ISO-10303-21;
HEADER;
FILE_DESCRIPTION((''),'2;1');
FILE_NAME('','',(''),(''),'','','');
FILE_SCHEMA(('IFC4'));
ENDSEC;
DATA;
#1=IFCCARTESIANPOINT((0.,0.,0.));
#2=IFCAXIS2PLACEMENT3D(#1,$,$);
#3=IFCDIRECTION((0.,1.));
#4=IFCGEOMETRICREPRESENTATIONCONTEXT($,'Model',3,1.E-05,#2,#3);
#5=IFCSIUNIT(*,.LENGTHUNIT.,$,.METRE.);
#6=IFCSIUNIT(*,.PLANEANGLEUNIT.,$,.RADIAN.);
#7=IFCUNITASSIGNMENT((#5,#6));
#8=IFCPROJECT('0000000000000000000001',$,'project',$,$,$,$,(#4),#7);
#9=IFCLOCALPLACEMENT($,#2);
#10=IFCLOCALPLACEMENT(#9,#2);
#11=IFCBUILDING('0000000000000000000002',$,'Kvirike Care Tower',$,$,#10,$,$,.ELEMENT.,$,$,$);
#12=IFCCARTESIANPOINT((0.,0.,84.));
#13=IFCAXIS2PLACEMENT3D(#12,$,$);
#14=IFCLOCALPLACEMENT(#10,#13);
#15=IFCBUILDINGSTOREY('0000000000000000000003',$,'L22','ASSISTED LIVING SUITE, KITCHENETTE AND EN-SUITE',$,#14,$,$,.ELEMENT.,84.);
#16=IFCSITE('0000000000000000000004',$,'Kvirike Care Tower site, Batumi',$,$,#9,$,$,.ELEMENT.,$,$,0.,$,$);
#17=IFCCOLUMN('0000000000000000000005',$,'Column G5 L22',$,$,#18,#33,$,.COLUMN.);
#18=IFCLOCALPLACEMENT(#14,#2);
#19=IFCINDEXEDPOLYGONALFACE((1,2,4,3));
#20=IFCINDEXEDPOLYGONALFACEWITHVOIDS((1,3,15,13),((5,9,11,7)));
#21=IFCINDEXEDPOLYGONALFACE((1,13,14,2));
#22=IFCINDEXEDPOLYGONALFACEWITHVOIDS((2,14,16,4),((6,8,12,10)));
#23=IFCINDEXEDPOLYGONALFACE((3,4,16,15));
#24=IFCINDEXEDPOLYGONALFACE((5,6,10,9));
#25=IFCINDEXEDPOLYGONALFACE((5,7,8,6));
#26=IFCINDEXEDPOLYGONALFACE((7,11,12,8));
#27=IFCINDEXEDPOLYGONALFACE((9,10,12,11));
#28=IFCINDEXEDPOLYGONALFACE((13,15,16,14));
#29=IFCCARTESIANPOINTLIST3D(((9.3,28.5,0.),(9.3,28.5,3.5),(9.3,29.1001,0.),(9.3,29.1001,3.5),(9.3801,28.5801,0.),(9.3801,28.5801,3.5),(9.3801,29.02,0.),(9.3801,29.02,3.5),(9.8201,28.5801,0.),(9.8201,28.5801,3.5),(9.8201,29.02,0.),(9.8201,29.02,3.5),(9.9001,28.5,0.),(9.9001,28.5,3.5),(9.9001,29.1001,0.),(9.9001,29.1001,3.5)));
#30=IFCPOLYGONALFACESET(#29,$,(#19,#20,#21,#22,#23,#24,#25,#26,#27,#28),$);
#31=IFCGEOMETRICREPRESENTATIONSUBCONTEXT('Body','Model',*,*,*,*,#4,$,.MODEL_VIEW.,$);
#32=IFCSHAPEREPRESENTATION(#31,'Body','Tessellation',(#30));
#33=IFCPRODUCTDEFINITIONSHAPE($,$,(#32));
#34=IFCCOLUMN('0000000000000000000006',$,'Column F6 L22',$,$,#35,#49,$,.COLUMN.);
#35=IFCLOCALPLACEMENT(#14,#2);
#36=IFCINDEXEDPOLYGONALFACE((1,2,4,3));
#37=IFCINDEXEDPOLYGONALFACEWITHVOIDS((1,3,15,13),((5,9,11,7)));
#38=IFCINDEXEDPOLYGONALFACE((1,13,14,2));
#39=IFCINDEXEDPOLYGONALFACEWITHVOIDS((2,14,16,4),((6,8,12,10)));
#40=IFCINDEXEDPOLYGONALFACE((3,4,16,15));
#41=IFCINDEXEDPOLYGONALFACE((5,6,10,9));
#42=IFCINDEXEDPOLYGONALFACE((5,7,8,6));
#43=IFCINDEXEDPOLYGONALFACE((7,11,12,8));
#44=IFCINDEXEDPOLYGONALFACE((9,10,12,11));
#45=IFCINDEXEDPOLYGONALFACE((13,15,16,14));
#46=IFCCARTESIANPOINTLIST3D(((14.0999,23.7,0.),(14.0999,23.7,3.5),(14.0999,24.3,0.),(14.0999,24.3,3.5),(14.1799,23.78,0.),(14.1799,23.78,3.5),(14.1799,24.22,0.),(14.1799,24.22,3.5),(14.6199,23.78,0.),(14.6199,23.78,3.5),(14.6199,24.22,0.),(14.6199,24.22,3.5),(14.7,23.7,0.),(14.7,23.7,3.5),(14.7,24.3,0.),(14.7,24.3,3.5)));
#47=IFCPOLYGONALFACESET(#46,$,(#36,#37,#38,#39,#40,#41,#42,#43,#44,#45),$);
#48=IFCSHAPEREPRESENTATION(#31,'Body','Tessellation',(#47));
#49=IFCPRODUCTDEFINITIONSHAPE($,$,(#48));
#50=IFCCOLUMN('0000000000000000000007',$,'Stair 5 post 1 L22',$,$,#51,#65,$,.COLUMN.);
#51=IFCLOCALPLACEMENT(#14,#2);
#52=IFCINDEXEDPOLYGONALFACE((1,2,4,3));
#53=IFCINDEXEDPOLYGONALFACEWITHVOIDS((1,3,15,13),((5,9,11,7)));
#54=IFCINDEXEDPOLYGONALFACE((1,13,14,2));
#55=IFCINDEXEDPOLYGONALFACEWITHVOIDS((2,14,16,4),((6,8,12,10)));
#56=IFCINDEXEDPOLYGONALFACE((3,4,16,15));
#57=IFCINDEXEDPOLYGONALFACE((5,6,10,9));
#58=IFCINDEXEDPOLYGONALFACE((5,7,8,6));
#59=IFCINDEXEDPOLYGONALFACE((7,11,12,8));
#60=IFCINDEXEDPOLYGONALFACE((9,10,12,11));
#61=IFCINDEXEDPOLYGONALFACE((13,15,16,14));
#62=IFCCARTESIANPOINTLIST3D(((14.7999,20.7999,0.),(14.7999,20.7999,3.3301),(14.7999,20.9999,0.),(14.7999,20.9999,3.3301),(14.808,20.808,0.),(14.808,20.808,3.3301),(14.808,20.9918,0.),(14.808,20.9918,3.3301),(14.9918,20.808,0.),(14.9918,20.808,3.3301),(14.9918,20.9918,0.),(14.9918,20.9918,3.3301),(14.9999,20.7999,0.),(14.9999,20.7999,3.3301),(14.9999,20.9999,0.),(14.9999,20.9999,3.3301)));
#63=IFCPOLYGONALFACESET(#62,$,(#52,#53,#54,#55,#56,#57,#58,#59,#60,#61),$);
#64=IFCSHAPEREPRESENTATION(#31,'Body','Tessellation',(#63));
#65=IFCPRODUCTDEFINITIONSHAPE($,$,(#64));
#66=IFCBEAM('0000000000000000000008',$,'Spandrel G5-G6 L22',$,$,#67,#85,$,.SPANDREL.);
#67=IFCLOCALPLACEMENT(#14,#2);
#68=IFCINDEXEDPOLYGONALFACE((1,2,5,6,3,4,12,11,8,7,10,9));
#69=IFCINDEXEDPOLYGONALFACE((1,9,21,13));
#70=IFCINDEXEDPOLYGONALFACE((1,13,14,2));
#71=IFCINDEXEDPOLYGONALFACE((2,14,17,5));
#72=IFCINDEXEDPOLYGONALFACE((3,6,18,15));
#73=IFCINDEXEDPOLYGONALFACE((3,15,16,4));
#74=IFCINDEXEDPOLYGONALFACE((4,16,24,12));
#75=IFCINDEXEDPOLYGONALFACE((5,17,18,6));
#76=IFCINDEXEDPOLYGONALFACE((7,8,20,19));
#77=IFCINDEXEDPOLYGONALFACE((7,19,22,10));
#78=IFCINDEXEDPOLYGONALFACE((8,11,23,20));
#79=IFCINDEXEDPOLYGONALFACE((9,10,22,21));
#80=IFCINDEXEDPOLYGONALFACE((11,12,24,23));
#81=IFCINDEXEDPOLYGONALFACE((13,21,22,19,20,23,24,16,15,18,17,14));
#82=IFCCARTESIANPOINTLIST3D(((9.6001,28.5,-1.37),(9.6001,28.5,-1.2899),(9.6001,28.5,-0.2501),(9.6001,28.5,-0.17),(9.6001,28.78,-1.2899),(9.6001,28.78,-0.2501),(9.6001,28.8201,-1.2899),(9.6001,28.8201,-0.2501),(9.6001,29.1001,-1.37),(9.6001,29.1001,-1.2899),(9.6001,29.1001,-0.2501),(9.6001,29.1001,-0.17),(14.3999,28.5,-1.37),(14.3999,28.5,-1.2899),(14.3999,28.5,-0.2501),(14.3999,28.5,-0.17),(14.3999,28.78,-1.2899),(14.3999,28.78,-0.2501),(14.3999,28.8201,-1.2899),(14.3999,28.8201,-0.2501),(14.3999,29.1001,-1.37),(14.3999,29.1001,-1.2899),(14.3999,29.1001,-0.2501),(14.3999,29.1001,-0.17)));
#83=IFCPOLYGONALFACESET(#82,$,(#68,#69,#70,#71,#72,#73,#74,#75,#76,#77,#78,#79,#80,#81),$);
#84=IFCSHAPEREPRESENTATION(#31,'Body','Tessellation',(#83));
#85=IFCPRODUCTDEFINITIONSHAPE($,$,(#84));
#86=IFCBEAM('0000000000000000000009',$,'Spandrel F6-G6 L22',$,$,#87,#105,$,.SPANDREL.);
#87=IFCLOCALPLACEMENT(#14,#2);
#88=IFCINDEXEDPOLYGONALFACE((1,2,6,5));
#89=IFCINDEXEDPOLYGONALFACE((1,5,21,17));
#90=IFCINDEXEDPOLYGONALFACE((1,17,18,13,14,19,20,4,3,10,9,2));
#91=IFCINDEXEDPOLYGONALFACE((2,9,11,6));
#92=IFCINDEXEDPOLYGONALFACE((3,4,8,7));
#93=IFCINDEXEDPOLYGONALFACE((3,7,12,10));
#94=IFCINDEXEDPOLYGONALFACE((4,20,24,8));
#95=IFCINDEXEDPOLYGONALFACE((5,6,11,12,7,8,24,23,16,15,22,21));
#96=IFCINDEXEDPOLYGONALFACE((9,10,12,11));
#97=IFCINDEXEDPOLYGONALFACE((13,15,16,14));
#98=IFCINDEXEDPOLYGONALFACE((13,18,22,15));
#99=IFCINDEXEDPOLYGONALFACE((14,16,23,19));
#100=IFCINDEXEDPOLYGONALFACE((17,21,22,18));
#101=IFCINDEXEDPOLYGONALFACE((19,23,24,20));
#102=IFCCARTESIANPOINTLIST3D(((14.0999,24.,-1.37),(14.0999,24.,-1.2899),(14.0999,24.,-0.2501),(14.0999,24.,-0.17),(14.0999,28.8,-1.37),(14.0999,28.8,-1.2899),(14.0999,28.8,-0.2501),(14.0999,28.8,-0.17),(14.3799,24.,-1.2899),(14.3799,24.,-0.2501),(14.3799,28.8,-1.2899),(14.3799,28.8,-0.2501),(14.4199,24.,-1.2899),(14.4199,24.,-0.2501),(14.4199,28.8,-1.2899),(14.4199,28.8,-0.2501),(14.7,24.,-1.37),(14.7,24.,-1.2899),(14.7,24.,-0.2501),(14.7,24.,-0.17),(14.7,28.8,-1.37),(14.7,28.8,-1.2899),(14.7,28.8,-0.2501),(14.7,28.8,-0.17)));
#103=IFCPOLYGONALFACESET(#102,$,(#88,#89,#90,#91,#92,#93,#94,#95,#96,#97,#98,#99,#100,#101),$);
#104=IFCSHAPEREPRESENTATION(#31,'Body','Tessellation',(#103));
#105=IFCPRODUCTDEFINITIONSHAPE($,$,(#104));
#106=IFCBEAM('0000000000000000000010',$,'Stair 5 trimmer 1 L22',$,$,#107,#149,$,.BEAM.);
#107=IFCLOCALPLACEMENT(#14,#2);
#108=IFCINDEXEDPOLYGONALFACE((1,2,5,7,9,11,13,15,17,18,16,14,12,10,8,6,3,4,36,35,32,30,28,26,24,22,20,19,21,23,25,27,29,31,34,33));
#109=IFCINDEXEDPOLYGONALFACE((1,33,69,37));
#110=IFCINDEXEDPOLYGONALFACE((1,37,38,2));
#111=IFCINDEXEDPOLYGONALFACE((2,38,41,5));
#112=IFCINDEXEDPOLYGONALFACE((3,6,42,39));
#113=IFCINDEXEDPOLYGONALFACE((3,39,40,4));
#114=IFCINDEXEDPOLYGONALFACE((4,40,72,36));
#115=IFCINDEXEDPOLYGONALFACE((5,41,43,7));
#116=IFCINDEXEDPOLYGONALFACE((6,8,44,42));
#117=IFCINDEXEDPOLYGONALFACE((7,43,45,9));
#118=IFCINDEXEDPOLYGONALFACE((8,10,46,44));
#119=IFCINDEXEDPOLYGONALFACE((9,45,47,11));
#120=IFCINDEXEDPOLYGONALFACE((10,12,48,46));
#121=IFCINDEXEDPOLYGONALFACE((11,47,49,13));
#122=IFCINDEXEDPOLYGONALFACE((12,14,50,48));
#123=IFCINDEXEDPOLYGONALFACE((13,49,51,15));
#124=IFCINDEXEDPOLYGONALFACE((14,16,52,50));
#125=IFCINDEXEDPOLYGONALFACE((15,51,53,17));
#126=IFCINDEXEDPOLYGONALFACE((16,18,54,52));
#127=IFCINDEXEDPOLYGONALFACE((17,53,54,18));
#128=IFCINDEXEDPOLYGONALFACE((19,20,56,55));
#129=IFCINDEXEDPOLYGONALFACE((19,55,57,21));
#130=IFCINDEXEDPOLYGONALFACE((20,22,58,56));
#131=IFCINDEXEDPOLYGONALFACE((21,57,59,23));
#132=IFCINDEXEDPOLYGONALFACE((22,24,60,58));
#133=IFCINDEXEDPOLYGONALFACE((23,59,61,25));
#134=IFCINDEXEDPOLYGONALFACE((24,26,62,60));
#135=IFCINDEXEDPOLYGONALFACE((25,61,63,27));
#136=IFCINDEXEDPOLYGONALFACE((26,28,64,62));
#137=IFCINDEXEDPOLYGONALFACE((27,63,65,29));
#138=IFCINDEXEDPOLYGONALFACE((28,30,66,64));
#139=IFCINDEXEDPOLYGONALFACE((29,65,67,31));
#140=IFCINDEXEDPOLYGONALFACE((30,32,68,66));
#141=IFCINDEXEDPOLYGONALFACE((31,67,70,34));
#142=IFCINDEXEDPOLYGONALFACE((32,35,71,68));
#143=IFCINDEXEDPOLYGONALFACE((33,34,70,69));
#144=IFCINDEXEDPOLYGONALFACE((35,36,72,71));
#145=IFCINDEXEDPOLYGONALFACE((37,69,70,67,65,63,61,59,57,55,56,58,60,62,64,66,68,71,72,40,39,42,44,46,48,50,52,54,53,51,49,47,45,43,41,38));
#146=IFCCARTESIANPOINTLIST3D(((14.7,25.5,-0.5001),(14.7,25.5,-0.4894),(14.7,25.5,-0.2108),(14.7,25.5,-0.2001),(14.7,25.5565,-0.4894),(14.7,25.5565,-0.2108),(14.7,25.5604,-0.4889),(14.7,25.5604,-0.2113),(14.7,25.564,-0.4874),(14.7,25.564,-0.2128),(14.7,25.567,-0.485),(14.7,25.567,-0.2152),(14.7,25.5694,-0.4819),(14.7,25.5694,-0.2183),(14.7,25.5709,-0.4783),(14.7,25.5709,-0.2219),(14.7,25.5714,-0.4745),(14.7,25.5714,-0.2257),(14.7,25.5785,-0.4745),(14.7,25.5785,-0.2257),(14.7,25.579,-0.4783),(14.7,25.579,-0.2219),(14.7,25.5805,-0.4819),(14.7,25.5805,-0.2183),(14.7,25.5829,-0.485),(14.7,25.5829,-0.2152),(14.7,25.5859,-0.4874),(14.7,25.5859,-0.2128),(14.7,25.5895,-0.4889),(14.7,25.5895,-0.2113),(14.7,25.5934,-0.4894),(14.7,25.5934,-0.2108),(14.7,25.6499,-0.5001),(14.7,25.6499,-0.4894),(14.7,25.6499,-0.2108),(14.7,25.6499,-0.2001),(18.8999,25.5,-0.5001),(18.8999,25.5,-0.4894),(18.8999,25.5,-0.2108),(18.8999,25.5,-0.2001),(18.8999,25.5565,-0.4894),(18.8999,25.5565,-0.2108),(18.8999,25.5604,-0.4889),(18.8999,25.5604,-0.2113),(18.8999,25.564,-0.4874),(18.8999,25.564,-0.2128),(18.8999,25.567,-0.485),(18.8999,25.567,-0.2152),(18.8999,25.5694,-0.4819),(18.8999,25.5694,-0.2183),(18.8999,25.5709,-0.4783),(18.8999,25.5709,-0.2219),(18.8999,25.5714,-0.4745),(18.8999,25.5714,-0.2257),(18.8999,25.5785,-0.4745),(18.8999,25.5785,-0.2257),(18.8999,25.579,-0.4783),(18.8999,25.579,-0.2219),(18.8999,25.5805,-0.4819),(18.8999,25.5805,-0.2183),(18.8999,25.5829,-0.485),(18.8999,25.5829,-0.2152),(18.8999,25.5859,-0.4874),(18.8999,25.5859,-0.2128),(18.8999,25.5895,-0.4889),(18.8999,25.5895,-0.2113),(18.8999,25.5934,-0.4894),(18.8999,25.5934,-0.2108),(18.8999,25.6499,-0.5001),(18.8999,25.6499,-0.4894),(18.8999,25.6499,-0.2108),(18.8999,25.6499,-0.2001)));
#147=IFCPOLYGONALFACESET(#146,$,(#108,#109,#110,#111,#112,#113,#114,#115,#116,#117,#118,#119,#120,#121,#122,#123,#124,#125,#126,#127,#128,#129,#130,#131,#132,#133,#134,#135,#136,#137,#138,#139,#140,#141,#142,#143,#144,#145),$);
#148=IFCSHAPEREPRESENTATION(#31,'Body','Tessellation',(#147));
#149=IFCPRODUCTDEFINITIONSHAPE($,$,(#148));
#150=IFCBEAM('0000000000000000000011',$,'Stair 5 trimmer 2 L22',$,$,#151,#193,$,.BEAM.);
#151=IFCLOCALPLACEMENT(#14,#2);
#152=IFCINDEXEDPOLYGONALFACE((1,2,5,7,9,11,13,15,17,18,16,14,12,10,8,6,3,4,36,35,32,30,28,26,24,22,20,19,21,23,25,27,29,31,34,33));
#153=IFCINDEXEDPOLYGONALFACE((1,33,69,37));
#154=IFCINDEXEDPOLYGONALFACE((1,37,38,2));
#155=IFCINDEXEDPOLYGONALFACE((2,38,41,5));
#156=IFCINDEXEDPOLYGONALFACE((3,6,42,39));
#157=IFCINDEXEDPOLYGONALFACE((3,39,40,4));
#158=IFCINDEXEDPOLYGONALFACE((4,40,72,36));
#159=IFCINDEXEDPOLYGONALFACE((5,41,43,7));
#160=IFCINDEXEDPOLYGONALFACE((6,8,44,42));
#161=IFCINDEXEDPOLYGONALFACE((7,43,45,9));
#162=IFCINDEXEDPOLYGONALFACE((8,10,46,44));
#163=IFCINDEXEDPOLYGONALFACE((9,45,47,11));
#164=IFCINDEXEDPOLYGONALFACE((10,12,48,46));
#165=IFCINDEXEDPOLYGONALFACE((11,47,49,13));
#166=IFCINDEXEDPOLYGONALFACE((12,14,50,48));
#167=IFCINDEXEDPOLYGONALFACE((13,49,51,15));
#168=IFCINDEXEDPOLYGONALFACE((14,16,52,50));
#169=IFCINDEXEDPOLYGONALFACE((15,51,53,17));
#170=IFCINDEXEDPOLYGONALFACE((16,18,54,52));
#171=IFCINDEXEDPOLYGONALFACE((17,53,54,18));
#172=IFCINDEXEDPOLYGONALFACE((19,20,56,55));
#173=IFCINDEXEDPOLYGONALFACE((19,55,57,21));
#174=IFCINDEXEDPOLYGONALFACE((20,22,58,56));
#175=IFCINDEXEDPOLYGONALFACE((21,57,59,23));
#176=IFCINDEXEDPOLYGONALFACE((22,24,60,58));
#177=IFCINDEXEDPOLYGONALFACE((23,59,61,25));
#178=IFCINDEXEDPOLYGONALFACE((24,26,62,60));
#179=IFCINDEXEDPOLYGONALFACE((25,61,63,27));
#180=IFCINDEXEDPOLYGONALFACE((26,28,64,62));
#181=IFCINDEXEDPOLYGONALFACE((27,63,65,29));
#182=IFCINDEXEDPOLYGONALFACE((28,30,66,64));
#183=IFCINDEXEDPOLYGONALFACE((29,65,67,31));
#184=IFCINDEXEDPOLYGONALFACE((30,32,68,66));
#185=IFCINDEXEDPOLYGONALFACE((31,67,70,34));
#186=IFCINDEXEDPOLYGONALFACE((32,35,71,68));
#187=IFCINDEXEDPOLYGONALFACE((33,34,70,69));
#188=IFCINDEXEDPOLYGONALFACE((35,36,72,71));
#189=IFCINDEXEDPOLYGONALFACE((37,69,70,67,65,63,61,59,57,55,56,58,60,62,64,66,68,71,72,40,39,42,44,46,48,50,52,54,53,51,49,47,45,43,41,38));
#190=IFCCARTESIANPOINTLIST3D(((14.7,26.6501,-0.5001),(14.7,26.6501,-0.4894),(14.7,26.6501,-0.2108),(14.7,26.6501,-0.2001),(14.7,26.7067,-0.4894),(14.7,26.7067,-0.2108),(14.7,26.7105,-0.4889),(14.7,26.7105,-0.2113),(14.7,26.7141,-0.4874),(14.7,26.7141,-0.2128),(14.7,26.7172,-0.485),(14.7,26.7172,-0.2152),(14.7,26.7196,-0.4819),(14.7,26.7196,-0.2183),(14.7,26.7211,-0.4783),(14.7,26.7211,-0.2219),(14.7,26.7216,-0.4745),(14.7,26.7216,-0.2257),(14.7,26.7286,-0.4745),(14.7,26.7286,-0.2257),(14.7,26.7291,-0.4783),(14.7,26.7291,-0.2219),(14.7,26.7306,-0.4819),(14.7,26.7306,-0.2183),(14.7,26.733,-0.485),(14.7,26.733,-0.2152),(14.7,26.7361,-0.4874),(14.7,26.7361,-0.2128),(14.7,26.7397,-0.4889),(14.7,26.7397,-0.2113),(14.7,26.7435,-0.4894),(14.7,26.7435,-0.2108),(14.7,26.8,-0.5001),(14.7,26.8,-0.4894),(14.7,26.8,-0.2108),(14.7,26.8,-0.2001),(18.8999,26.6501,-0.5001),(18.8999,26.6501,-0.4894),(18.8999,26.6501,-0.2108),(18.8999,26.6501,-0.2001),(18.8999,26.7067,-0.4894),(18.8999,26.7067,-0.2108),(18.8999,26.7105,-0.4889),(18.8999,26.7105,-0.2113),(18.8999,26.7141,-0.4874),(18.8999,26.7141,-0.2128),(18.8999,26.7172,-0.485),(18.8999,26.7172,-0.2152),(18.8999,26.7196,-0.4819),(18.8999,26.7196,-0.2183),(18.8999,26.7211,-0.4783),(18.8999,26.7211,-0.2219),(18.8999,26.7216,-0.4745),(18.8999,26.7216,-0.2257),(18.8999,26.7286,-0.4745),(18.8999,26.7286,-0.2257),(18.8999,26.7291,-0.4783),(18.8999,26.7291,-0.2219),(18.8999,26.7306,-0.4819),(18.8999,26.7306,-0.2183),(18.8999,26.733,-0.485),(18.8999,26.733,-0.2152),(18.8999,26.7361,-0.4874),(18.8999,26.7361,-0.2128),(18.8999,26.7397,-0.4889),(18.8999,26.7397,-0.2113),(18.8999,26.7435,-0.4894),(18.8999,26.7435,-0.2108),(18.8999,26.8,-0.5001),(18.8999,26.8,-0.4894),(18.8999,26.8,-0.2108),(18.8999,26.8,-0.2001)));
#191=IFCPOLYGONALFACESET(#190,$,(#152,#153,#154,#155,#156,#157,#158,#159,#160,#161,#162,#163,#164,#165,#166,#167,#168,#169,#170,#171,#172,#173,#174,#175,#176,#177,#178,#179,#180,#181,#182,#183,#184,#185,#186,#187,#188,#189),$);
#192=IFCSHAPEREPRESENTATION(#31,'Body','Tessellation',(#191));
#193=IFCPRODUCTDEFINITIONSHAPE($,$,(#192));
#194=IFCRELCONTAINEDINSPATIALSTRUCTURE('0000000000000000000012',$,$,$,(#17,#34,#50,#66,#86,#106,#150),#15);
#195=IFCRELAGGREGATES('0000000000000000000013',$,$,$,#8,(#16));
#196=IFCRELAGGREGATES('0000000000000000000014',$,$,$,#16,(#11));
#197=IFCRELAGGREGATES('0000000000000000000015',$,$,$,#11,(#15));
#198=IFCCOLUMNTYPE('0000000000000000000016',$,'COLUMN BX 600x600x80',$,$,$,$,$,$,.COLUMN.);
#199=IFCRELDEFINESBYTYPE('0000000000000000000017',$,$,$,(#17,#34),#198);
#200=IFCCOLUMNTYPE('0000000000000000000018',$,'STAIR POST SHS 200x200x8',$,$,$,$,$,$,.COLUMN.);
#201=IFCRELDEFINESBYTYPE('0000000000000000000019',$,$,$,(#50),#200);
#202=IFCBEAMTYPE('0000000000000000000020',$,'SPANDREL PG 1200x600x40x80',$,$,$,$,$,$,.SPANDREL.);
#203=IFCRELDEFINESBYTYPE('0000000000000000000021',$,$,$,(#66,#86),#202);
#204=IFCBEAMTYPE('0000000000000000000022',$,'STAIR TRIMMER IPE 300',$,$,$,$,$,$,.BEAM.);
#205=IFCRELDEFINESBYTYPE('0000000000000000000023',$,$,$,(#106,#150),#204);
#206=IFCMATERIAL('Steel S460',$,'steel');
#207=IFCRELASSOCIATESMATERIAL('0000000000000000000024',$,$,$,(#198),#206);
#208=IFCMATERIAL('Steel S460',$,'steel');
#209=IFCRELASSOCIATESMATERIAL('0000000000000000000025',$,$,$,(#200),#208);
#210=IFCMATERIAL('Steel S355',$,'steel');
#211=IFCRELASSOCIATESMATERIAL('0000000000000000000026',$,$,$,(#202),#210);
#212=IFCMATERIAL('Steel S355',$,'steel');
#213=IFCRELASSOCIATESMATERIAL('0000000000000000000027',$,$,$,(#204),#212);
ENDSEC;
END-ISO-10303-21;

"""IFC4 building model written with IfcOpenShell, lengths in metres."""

from ifc_helpers import new_model, si_unit, direction, frame, origin, origin_2d, place, context, subcontext, project, spatial, hollow_rectangle, i_section, extrude, material, material_profile, profile_set, type_object, element, save


model = new_model("IFC4")

# Units and contexts
model_context = context("Model", 3, precision=1e-05, world=origin(), true_north=direction((0.0, 1.0)))
body_context = subcontext(model_context, "Body", "Model", "MODEL_VIEW")
ifc_project = project(units=[si_unit("LENGTHUNIT", "METRE"), si_unit("PLANEANGLEUNIT", "RADIAN")], contexts=[model_context])

# Site, building, storey
site_placement = place(None, origin())
site = spatial("IfcSite", under=ifc_project, at=site_placement, Name="Kvirike Care Tower site, Batumi", CompositionType="ELEMENT", RefElevation=0.0)
building_placement = place(site_placement, origin())
building = spatial("IfcBuilding", under=site, at=building_placement, Name="Kvirike Care Tower", CompositionType="ELEMENT")
storey_placement = place(building_placement, frame((0.0, 0.0, 84.0)))
storey = spatial("IfcBuildingStorey", under=building, at=storey_placement, Name="L22", Description="ASSISTED LIVING SUITE, KITCHENETTE AND EN-SUITE", CompositionType="ELEMENT", Elevation=84.0)

# Columns
ifc_material_1 = material(Name="Steel S460", Category="steel")
ifc_material_profile_1 = material_profile(ifc_material_1, hollow_rectangle(XDim=0.6001, YDim=0.6001, WallThickness=0.0801, at=origin_2d()), Name="BX 600x600x80")
ifc_profile_set_1 = profile_set([ifc_material_profile_1], Name="Steel S460")
column_type_1 = type_object("IfcColumnType", Name="COLUMN BX 600x600x80", PredefinedType="COLUMN", material=ifc_profile_set_1)
for number, where, z_axis, x_axis, name in (
    (1, (9.6001, 28.8, 0.0), (0.0, 0.0, 1.0), (0.0, 1.0, 0.0), "Column G5 L22"),
    (2, (14.3999, 24.0, 0.0), (0.0, 0.0, 1.0), (1.0, 0.0, 0.0), "Column F6 L22"),
):
    element("IfcColumn", number, at=place(storey_placement, frame(where, z_axis=z_axis, x_axis=x_axis)), inside=storey, type_object=column_type_1, Name=name, PredefinedType="COLUMN", context=body_context, shape_type="SweptSolid", body=[
        extrude(hollow_rectangle(XDim=0.6001, YDim=0.6001, WallThickness=0.0801, at=origin_2d()), origin(), (0.0, 0.0, 1.0), 3.5),
    ])
ifc_material_2 = material(Name="Steel S460", Category="steel")
ifc_material_profile_2 = material_profile(ifc_material_2, hollow_rectangle(XDim=0.2, YDim=0.2, WallThickness=0.0081, at=origin_2d()), Name="SHS 200x200x8")
ifc_profile_set_2 = profile_set([ifc_material_profile_2], Name="Steel S460")
column_type_2 = type_object("IfcColumnType", Name="STAIR POST SHS 200x200x8", PredefinedType="COLUMN", material=ifc_profile_set_2)
column_placement = place(storey_placement, frame((14.8999, 20.8999, 0.0), z_axis=(0.0, 0.0, 1.0), x_axis=(1.0, 0.0, 0.0)))
element("IfcColumn", 3, at=column_placement, inside=storey, type_object=column_type_2, Name="Stair 5 post 1 L22", PredefinedType="COLUMN", context=body_context, shape_type="SweptSolid", body=[
    extrude(hollow_rectangle(XDim=0.2, YDim=0.2, WallThickness=0.0081, at=origin_2d()), origin(), (0.0, 0.0, 1.0), 3.3301),
])

# Beams
ifc_material_3 = material(Name="Steel S355", Category="steel")
ifc_material_profile_3 = material_profile(ifc_material_3, i_section(OverallWidth=0.6001, OverallDepth=1.2, WebThickness=0.04, FlangeThickness=0.0801, at=origin_2d()), Name="PG 1200x600x40x80")
ifc_profile_set_3 = profile_set([ifc_material_profile_3], Name="Steel S355")
beam_type_1 = type_object("IfcBeamType", Name="SPANDREL PG 1200x600x40x80", PredefinedType="SPANDREL", material=ifc_profile_set_3)
beam_1_placement = place(storey_placement, frame((9.6001, 28.8, -0.77), z_axis=(1.0, 0.0, 0.0), x_axis=(0.0, 1.0, 0.0)))
element("IfcBeam", 4, at=beam_1_placement, inside=storey, type_object=beam_type_1, Name="Spandrel G5-G6 L22", PredefinedType="SPANDREL", context=body_context, shape_type="SweptSolid", body=[
    extrude(i_section(OverallWidth=0.6001, OverallDepth=1.2, WebThickness=0.04, FlangeThickness=0.0801, at=origin_2d()), origin(), (0.0, 0.0, 1.0), 4.7998),
])
beam_2_placement = place(storey_placement, frame((14.3999, 24.0, -0.77), z_axis=(0.0, 1.0, 0.0), x_axis=(-1.0, 0.0, 0.0)))
element("IfcBeam", 5, at=beam_2_placement, inside=storey, type_object=beam_type_1, Name="Spandrel F6-G6 L22", PredefinedType="SPANDREL", context=body_context, shape_type="SweptSolid", body=[
    extrude(i_section(OverallWidth=0.6001, OverallDepth=1.2, WebThickness=0.04, FlangeThickness=0.0801, at=origin_2d()), origin(), (0.0, 0.0, 1.0), 4.8),
])
ifc_material_4 = material(Name="Steel S355", Category="steel")
ifc_material_profile_4 = material_profile(ifc_material_4, i_section(OverallWidth=0.1499, OverallDepth=0.3, WebThickness=0.0071, FlangeThickness=0.0107, FilletRadius=0.0149, at=origin_2d()), Name="IPE 300")
ifc_profile_set_4 = profile_set([ifc_material_profile_4], Name="Steel S355")
beam_type_2 = type_object("IfcBeamType", Name="STAIR TRIMMER IPE 300", PredefinedType="BEAM", material=ifc_profile_set_4)
for number, where, z_axis, x_axis, name in (
    (6, (14.7, 25.575, -0.3501), (1.0, 0.0, 0.0), (0.0, 1.0, 0.0), "Stair 5 trimmer 1 L22"),
    (7, (14.7, 26.7251, -0.3501), (1.0, 0.0, 0.0), (0.0, 1.0, 0.0), "Stair 5 trimmer 2 L22"),
):
    element("IfcBeam", number, at=place(storey_placement, frame(where, z_axis=z_axis, x_axis=x_axis)), inside=storey, type_object=beam_type_2, Name=name, PredefinedType="BEAM", context=body_context, shape_type="SweptSolid", body=[
        extrude(i_section(OverallWidth=0.1499, OverallDepth=0.3, WebThickness=0.0071, FlangeThickness=0.0107, FilletRadius=0.0149, at=origin_2d()), origin(), (0.0, 0.0, 1.0), 4.2),
    ])

save(model, "model.ifc")
